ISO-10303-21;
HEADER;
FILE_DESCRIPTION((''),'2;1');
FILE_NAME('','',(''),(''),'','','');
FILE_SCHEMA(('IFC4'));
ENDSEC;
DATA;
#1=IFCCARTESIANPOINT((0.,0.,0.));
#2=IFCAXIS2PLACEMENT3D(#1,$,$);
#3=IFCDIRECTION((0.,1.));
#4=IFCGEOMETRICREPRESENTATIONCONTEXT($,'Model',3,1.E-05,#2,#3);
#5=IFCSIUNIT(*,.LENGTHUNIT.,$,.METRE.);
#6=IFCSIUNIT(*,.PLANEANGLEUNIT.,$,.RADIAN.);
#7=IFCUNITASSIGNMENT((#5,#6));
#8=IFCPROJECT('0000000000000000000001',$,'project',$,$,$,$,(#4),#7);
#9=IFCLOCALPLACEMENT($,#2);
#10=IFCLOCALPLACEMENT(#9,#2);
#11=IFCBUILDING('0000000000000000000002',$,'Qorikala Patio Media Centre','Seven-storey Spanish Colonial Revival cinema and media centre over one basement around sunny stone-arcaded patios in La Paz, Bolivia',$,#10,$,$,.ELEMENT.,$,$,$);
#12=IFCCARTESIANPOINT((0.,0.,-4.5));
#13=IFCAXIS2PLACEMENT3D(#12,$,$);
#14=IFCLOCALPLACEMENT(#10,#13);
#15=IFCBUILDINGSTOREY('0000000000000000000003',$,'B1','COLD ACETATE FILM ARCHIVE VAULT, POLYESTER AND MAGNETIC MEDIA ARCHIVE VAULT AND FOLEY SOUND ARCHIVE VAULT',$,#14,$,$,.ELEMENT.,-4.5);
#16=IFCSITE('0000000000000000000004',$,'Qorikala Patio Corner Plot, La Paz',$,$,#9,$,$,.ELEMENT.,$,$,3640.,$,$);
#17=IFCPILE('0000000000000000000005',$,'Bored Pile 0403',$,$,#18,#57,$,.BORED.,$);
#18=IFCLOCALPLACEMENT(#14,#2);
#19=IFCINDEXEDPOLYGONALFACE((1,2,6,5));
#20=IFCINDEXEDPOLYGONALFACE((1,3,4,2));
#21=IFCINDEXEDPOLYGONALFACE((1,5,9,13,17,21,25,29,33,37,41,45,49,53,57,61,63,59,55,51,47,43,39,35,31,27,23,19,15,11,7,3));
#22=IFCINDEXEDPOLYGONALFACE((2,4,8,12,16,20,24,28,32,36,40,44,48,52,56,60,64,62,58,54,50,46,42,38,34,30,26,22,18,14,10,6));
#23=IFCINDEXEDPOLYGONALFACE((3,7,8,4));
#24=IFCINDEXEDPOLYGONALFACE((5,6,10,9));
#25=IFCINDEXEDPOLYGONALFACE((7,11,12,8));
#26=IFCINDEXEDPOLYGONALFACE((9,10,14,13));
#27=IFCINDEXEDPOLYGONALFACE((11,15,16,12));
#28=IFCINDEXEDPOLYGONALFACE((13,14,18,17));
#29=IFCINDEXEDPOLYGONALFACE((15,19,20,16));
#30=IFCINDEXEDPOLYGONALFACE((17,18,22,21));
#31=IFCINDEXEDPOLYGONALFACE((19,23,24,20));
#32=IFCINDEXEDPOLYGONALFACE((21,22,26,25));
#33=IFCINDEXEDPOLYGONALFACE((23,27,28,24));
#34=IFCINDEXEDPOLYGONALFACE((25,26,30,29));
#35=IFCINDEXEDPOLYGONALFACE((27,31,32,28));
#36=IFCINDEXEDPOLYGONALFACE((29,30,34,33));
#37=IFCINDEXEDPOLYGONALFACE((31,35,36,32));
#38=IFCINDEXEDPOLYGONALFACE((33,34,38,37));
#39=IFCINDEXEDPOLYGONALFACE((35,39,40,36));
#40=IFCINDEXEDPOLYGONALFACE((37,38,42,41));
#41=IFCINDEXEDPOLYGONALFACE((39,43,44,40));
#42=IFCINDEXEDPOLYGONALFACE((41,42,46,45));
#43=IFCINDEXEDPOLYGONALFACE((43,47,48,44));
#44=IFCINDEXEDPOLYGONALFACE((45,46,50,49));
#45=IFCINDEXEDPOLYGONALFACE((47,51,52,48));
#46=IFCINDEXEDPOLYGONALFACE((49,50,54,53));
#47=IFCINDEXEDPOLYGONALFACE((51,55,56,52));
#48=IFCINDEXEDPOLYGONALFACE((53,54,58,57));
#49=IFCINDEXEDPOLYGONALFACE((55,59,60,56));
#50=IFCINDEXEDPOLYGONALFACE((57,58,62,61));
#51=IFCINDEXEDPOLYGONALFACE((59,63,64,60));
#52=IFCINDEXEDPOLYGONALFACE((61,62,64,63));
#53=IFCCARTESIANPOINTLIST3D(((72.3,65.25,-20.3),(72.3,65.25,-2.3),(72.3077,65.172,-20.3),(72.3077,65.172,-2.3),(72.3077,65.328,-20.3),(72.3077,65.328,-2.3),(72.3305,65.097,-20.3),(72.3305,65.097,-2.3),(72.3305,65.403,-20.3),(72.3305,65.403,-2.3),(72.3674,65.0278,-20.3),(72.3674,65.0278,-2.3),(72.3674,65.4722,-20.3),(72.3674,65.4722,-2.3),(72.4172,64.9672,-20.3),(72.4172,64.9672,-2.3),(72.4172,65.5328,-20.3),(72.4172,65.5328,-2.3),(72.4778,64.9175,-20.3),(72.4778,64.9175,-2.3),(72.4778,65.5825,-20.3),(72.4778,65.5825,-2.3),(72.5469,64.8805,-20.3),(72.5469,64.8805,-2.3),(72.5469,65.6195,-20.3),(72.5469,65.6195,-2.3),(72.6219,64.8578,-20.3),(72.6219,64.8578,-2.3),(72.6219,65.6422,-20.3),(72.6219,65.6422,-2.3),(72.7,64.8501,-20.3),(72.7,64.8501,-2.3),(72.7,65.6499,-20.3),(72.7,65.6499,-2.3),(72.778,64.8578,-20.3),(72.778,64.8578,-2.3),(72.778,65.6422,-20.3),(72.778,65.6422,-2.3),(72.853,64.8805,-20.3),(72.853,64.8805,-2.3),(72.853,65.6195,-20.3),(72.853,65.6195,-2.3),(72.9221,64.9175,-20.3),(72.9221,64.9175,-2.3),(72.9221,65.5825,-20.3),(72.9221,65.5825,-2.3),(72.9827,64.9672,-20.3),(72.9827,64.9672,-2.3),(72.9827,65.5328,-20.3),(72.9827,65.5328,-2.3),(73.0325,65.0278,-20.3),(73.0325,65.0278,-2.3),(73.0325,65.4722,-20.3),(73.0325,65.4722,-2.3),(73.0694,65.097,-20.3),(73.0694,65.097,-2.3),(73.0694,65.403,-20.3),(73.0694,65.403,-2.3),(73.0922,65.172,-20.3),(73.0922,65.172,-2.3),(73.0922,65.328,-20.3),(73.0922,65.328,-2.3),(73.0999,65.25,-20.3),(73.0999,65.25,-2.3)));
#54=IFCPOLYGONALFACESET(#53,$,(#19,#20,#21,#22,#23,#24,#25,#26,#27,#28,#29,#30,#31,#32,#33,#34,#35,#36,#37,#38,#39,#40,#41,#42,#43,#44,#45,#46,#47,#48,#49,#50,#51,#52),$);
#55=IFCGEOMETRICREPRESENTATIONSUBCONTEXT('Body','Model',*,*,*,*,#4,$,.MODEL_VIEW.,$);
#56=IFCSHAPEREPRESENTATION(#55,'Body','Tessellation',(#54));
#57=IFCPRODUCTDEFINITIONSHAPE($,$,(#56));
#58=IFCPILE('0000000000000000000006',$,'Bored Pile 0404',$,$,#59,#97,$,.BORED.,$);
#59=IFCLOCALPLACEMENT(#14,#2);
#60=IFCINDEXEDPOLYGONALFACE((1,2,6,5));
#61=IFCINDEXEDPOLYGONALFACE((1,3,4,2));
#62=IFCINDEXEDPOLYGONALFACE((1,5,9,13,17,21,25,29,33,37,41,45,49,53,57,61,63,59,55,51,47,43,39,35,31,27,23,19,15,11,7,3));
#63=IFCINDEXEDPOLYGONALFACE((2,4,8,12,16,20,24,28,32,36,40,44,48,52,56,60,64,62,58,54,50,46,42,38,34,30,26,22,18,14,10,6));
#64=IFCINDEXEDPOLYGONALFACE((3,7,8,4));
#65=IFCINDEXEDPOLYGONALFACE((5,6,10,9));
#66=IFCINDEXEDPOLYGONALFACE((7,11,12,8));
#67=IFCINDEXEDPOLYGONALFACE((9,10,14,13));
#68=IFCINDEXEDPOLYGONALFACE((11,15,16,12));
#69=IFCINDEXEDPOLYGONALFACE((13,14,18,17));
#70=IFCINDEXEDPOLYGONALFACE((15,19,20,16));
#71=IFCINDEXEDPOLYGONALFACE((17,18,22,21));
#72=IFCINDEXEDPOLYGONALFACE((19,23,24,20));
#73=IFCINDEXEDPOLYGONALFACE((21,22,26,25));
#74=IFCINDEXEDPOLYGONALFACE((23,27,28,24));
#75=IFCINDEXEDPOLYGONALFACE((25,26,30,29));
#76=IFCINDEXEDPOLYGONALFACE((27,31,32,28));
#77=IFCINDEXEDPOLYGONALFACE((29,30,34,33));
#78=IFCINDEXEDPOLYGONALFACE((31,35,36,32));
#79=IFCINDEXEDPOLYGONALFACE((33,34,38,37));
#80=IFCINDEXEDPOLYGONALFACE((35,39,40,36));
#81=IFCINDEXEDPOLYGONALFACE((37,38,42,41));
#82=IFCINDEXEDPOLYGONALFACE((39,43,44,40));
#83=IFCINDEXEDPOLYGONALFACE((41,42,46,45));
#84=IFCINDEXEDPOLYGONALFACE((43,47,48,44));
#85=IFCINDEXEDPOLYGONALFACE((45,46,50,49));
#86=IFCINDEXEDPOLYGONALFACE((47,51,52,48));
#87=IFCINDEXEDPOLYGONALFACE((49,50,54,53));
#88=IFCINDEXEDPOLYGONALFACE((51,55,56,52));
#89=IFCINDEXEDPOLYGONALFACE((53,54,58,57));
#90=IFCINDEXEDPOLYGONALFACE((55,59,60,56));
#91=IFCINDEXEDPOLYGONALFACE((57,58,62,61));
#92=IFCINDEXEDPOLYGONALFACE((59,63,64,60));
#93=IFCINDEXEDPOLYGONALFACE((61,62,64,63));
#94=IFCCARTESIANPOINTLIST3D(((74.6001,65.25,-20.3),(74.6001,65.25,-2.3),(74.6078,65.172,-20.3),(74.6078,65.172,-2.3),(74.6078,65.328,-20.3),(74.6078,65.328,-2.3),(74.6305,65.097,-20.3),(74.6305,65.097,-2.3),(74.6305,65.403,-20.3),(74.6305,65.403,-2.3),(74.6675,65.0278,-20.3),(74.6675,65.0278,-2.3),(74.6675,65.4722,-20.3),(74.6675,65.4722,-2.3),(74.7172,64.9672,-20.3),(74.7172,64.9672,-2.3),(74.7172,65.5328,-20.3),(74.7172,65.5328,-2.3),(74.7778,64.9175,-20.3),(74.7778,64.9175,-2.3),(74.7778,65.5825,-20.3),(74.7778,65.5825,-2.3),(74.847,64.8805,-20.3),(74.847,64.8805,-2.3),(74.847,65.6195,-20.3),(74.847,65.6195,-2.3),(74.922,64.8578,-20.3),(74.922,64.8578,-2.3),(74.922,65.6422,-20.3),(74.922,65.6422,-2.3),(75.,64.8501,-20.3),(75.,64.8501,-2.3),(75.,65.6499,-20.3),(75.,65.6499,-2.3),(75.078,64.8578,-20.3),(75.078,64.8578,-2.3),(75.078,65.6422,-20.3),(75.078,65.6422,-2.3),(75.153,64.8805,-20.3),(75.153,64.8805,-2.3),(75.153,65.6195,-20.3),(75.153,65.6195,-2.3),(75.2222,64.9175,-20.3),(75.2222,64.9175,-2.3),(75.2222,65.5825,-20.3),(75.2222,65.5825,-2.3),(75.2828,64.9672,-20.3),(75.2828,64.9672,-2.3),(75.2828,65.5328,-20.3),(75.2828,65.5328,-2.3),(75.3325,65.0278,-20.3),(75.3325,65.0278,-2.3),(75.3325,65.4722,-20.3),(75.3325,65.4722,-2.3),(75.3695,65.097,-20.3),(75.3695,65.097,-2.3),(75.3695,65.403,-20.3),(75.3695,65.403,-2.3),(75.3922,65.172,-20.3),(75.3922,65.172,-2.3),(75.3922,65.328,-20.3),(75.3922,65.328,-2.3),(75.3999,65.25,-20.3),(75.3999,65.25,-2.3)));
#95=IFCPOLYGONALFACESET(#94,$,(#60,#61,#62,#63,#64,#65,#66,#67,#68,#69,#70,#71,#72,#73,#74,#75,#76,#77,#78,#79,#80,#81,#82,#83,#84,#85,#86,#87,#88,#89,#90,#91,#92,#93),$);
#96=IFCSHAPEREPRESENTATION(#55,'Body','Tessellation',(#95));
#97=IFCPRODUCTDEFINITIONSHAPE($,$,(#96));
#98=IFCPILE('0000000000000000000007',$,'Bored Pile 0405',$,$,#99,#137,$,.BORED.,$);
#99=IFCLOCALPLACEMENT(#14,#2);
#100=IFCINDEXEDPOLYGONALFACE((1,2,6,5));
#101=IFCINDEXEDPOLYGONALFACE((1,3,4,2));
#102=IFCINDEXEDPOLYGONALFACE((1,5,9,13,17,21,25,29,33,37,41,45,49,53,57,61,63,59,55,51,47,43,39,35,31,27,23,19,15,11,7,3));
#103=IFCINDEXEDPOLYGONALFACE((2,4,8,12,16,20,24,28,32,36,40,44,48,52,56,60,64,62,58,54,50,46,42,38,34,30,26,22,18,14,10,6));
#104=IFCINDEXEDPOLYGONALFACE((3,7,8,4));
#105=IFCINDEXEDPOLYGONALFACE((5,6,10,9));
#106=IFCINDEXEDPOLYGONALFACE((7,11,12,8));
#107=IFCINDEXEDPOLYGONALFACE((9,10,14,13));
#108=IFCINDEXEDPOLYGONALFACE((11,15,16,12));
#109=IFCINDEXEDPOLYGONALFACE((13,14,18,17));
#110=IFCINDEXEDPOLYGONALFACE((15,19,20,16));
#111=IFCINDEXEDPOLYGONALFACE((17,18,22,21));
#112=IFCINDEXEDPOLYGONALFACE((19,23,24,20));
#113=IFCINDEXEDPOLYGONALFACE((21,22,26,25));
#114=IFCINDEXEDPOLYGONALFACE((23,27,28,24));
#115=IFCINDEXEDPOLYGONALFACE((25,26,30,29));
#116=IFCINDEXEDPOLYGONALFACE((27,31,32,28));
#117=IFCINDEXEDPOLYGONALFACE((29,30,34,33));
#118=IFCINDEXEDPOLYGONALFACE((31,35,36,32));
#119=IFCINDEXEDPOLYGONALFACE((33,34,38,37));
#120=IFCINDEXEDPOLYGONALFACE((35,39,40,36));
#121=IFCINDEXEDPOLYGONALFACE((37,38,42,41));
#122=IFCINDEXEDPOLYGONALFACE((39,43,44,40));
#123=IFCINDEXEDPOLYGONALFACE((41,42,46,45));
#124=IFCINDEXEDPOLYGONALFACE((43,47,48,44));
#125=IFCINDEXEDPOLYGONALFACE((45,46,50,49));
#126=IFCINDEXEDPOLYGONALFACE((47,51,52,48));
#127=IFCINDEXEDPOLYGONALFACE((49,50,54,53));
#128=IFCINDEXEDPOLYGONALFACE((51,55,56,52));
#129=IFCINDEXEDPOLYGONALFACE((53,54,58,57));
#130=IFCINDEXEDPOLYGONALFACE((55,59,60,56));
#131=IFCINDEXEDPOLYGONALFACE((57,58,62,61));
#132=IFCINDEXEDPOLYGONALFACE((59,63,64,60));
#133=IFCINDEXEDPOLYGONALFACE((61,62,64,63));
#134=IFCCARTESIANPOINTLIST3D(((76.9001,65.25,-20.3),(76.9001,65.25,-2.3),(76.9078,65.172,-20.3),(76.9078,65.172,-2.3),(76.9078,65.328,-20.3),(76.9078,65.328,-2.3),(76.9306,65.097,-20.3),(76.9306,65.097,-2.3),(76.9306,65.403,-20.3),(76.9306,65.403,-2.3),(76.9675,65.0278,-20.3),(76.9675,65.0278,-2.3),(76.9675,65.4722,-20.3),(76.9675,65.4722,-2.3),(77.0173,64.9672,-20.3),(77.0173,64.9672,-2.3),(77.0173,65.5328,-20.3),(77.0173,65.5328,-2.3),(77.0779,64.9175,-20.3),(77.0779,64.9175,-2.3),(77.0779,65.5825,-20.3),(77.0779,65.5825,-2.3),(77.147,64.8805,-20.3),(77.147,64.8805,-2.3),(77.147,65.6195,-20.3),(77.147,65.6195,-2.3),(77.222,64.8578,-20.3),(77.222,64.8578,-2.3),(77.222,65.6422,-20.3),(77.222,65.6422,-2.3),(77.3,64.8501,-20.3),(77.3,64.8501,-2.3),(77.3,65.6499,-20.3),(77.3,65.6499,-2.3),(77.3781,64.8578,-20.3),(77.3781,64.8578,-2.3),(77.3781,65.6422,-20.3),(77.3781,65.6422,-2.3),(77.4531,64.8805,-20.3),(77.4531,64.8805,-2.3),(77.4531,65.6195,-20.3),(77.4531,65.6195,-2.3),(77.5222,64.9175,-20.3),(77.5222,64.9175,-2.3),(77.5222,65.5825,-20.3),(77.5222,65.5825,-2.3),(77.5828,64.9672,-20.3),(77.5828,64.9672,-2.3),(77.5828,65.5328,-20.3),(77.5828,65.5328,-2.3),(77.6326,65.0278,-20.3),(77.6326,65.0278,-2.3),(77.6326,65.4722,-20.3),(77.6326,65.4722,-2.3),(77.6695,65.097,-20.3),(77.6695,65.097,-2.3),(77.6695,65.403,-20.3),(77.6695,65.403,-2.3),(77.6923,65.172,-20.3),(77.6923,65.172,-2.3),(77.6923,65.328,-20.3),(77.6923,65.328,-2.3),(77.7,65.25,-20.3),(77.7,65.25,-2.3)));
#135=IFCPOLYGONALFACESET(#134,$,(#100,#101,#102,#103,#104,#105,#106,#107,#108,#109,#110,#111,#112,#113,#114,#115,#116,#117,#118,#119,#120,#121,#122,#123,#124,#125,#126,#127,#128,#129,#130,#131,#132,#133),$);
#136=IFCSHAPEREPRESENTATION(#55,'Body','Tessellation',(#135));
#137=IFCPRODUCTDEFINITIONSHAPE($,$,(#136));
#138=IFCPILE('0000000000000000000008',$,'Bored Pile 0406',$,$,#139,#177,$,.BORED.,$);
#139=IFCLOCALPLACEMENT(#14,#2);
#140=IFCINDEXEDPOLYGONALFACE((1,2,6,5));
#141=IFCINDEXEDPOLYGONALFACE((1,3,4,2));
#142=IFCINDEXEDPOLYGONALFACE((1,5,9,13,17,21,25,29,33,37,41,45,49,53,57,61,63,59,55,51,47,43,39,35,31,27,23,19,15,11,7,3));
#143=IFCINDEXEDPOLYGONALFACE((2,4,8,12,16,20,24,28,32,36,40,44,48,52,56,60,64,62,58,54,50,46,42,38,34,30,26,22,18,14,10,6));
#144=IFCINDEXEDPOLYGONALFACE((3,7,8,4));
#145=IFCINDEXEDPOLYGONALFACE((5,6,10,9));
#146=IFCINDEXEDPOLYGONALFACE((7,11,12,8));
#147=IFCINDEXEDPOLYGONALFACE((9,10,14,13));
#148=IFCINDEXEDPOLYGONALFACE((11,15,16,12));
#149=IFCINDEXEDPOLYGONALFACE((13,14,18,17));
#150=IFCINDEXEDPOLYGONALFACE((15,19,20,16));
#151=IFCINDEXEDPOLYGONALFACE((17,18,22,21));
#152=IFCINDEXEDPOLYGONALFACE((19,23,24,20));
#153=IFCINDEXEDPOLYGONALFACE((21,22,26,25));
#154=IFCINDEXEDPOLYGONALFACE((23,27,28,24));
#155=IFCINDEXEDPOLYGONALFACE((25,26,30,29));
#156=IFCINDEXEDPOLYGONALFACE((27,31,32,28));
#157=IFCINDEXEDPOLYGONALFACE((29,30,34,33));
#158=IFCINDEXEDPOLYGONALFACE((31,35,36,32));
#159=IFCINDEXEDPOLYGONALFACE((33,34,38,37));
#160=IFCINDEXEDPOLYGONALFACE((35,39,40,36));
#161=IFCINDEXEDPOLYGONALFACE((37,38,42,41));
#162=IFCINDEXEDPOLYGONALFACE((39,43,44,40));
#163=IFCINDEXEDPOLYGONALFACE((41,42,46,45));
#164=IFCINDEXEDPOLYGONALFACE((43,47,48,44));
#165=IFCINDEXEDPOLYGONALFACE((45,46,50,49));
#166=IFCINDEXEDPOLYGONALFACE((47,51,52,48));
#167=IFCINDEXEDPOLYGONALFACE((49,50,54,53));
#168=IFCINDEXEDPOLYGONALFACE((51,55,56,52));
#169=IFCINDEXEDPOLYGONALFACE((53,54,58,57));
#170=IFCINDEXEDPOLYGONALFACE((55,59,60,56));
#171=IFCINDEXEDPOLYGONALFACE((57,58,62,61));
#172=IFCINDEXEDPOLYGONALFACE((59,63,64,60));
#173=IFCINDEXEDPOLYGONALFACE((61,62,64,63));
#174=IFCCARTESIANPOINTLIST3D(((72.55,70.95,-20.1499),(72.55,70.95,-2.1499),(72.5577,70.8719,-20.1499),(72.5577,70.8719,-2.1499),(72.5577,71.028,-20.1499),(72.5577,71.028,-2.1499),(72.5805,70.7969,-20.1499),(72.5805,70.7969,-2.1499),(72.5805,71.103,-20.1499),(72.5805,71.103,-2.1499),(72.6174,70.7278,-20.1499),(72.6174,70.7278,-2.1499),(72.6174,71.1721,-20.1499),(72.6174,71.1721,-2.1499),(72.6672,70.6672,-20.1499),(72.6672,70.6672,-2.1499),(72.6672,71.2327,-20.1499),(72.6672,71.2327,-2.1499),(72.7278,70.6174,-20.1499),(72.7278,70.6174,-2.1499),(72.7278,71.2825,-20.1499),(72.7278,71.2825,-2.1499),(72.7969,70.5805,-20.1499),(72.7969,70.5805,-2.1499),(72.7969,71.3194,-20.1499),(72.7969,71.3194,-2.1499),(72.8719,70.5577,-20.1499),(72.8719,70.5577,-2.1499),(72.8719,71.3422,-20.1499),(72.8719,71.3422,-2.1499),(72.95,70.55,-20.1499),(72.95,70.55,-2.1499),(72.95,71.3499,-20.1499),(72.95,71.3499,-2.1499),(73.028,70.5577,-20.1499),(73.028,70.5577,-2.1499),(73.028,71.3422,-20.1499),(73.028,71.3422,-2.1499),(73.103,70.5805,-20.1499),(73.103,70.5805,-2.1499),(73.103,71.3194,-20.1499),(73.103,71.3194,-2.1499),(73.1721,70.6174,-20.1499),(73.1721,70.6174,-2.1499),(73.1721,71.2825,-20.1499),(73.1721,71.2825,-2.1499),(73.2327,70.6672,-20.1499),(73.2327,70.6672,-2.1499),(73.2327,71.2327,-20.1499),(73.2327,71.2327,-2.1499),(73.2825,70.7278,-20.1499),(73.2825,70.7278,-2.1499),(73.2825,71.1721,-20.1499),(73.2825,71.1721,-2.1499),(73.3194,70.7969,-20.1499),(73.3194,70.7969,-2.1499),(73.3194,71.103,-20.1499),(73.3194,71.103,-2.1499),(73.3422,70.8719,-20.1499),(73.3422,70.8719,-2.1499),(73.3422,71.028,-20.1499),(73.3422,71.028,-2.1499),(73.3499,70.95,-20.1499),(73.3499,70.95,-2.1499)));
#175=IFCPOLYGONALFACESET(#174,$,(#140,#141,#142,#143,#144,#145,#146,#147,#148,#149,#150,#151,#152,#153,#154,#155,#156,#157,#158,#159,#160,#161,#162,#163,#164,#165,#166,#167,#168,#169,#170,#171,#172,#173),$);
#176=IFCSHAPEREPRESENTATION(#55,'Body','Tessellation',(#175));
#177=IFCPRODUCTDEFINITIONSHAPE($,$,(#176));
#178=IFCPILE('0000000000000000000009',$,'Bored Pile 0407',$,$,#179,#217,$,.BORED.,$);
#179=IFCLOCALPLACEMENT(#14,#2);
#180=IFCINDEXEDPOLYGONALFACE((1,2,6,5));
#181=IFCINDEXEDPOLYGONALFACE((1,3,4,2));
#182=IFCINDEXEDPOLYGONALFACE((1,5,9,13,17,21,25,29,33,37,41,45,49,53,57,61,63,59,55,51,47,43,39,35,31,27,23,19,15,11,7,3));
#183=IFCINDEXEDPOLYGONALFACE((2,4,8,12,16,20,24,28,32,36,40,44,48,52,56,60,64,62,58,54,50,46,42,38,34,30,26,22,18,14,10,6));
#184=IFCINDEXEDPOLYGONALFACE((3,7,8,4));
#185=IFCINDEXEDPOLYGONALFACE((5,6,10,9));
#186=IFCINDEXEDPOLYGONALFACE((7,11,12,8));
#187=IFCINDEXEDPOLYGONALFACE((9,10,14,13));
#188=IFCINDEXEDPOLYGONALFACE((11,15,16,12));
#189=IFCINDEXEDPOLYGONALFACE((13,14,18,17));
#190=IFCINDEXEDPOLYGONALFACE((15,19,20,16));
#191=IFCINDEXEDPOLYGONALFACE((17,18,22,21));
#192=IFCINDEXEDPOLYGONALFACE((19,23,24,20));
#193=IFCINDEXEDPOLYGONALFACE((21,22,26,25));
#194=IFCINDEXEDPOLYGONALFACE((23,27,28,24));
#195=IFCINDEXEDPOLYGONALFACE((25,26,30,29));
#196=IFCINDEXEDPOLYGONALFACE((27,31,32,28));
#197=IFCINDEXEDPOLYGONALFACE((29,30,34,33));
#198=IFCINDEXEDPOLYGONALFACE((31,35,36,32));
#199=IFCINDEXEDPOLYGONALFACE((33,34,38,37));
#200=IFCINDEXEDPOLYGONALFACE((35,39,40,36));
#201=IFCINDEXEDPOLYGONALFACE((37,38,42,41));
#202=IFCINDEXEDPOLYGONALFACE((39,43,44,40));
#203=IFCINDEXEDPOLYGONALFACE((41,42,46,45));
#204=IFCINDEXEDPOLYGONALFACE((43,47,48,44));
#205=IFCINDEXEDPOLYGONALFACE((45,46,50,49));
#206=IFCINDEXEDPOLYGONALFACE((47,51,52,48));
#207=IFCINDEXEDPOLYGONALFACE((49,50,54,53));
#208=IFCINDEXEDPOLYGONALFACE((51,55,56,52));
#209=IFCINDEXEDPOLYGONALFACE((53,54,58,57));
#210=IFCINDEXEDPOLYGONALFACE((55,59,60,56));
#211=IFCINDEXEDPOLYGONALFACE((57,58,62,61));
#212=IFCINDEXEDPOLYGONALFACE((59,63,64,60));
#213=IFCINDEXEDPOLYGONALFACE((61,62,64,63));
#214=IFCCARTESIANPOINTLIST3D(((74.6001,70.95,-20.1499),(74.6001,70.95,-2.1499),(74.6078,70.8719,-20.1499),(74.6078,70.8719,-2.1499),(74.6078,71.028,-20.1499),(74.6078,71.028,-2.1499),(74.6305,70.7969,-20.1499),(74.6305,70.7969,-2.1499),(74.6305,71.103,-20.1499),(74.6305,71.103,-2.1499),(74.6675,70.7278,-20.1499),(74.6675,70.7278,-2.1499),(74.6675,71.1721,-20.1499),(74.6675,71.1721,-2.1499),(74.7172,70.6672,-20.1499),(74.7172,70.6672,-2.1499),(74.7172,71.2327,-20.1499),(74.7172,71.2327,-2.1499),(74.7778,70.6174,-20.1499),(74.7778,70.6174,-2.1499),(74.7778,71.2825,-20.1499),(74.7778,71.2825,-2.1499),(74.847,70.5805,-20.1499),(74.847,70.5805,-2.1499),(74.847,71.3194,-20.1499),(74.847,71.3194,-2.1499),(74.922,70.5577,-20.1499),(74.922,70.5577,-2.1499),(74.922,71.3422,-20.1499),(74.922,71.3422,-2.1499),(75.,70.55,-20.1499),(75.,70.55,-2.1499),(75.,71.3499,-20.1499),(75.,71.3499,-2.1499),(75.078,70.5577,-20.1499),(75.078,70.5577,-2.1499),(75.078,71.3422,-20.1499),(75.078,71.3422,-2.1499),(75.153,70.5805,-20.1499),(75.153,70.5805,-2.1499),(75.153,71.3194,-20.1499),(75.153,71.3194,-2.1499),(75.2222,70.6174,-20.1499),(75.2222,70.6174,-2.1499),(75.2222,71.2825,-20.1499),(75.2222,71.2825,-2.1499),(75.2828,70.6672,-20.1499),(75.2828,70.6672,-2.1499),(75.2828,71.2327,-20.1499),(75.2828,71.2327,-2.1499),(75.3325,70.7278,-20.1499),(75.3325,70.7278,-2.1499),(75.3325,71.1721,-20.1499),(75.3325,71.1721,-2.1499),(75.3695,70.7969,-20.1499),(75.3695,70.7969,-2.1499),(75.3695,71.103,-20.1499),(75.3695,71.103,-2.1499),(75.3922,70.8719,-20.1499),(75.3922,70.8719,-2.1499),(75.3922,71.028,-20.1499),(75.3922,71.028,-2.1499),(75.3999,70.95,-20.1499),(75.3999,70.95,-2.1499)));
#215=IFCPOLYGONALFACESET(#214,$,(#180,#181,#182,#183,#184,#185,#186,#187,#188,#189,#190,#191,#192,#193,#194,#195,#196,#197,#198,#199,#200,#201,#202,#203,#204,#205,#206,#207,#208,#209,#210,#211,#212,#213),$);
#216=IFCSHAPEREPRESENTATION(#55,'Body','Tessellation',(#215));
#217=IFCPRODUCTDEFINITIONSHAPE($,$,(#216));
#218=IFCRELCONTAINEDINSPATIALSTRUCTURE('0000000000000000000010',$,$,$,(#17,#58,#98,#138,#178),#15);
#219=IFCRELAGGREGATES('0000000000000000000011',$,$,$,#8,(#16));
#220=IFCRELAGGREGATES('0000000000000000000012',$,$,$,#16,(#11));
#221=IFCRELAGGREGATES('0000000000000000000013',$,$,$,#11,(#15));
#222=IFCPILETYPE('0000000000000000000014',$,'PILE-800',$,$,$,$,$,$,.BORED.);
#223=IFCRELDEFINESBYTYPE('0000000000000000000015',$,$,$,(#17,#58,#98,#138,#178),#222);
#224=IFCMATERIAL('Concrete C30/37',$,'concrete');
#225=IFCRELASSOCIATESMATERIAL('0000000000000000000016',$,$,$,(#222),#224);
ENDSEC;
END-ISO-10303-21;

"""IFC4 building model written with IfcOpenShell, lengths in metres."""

from ifc_helpers import new_model, si_unit, direction, frame, origin, origin_2d, place, context, subcontext, project, spatial, circle, extrude, material, material_profile, profile_set, type_object, element, save


model = new_model("IFC4")

# Units and contexts
model_context = context("Model", 3, precision=1e-05, world=origin(), true_north=direction((0.0, 1.0)))
body_context = subcontext(model_context, "Body", "Model", "MODEL_VIEW")
ifc_project = project(units=[si_unit("LENGTHUNIT", "METRE"), si_unit("PLANEANGLEUNIT", "RADIAN")], contexts=[model_context])

# Site, building, storey
site_placement = place(None, origin())
site = spatial("IfcSite", under=ifc_project, at=site_placement, Name="Qorikala Patio Corner Plot, La Paz", CompositionType="ELEMENT", RefElevation=3640.0)
building_placement = place(site_placement, origin())
building = spatial("IfcBuilding", under=site, at=building_placement, Name="Qorikala Patio Media Centre", Description="Seven-storey Spanish Colonial Revival cinema and media centre over one basement around sunny stone-arcaded patios in La Paz, Bolivia", CompositionType="ELEMENT")
storey_placement = place(building_placement, frame((0.0, 0.0, -4.5)))
storey = spatial("IfcBuildingStorey", under=building, at=storey_placement, Name="B1", Description="COLD ACETATE FILM ARCHIVE VAULT, POLYESTER AND MAGNETIC MEDIA ARCHIVE VAULT AND FOLEY SOUND ARCHIVE VAULT", CompositionType="ELEMENT", Elevation=-4.5)

# Shared definitions
ifc_material_1 = material(Name="Concrete C30/37", Category="concrete")

# Piles
ifc_material_profile_1 = material_profile(ifc_material_1, circle(Radius=0.3999, at=origin_2d()), Name="BORED PILE 800")
ifc_profile_set_1 = profile_set([ifc_material_profile_1], Name="Concrete C30/37")
pile_type = type_object("IfcPileType", Name="PILE-800", PredefinedType="BORED", material=ifc_profile_set_1)
for number, where, z_axis, x_axis, name in (
    (1, (72.7, 65.25, -2.3), (0.0, 0.0, -1.0), (1.0, 0.0, 0.0), "Bored Pile 0403"),
    (2, (75.0, 65.25, -2.3), (0.0, 0.0, -1.0), (1.0, 0.0, 0.0), "Bored Pile 0404"),
    (3, (77.3, 65.25, -2.3), (0.0, 0.0, -1.0), (1.0, 0.0, 0.0), "Bored Pile 0405"),
    (4, (72.95, 70.95, -2.1499), (0.0, 0.0, -1.0), (1.0, 0.0, 0.0), "Bored Pile 0406"),
    (5, (75.0, 70.95, -2.1499), (0.0, 0.0, -1.0), (1.0, 0.0, 0.0), "Bored Pile 0407"),
):
    element("IfcPile", number, at=place(storey_placement, frame(where, z_axis=z_axis, x_axis=x_axis)), inside=storey, type_object=pile_type, Name=name, PredefinedType="BORED", context=body_context, shape_type="SweptSolid", body=[
        extrude(circle(Radius=0.3999, at=origin_2d()), origin(), (0.0, 0.0, 1.0), 18.0),
    ])

save(model, "model.ifc")
